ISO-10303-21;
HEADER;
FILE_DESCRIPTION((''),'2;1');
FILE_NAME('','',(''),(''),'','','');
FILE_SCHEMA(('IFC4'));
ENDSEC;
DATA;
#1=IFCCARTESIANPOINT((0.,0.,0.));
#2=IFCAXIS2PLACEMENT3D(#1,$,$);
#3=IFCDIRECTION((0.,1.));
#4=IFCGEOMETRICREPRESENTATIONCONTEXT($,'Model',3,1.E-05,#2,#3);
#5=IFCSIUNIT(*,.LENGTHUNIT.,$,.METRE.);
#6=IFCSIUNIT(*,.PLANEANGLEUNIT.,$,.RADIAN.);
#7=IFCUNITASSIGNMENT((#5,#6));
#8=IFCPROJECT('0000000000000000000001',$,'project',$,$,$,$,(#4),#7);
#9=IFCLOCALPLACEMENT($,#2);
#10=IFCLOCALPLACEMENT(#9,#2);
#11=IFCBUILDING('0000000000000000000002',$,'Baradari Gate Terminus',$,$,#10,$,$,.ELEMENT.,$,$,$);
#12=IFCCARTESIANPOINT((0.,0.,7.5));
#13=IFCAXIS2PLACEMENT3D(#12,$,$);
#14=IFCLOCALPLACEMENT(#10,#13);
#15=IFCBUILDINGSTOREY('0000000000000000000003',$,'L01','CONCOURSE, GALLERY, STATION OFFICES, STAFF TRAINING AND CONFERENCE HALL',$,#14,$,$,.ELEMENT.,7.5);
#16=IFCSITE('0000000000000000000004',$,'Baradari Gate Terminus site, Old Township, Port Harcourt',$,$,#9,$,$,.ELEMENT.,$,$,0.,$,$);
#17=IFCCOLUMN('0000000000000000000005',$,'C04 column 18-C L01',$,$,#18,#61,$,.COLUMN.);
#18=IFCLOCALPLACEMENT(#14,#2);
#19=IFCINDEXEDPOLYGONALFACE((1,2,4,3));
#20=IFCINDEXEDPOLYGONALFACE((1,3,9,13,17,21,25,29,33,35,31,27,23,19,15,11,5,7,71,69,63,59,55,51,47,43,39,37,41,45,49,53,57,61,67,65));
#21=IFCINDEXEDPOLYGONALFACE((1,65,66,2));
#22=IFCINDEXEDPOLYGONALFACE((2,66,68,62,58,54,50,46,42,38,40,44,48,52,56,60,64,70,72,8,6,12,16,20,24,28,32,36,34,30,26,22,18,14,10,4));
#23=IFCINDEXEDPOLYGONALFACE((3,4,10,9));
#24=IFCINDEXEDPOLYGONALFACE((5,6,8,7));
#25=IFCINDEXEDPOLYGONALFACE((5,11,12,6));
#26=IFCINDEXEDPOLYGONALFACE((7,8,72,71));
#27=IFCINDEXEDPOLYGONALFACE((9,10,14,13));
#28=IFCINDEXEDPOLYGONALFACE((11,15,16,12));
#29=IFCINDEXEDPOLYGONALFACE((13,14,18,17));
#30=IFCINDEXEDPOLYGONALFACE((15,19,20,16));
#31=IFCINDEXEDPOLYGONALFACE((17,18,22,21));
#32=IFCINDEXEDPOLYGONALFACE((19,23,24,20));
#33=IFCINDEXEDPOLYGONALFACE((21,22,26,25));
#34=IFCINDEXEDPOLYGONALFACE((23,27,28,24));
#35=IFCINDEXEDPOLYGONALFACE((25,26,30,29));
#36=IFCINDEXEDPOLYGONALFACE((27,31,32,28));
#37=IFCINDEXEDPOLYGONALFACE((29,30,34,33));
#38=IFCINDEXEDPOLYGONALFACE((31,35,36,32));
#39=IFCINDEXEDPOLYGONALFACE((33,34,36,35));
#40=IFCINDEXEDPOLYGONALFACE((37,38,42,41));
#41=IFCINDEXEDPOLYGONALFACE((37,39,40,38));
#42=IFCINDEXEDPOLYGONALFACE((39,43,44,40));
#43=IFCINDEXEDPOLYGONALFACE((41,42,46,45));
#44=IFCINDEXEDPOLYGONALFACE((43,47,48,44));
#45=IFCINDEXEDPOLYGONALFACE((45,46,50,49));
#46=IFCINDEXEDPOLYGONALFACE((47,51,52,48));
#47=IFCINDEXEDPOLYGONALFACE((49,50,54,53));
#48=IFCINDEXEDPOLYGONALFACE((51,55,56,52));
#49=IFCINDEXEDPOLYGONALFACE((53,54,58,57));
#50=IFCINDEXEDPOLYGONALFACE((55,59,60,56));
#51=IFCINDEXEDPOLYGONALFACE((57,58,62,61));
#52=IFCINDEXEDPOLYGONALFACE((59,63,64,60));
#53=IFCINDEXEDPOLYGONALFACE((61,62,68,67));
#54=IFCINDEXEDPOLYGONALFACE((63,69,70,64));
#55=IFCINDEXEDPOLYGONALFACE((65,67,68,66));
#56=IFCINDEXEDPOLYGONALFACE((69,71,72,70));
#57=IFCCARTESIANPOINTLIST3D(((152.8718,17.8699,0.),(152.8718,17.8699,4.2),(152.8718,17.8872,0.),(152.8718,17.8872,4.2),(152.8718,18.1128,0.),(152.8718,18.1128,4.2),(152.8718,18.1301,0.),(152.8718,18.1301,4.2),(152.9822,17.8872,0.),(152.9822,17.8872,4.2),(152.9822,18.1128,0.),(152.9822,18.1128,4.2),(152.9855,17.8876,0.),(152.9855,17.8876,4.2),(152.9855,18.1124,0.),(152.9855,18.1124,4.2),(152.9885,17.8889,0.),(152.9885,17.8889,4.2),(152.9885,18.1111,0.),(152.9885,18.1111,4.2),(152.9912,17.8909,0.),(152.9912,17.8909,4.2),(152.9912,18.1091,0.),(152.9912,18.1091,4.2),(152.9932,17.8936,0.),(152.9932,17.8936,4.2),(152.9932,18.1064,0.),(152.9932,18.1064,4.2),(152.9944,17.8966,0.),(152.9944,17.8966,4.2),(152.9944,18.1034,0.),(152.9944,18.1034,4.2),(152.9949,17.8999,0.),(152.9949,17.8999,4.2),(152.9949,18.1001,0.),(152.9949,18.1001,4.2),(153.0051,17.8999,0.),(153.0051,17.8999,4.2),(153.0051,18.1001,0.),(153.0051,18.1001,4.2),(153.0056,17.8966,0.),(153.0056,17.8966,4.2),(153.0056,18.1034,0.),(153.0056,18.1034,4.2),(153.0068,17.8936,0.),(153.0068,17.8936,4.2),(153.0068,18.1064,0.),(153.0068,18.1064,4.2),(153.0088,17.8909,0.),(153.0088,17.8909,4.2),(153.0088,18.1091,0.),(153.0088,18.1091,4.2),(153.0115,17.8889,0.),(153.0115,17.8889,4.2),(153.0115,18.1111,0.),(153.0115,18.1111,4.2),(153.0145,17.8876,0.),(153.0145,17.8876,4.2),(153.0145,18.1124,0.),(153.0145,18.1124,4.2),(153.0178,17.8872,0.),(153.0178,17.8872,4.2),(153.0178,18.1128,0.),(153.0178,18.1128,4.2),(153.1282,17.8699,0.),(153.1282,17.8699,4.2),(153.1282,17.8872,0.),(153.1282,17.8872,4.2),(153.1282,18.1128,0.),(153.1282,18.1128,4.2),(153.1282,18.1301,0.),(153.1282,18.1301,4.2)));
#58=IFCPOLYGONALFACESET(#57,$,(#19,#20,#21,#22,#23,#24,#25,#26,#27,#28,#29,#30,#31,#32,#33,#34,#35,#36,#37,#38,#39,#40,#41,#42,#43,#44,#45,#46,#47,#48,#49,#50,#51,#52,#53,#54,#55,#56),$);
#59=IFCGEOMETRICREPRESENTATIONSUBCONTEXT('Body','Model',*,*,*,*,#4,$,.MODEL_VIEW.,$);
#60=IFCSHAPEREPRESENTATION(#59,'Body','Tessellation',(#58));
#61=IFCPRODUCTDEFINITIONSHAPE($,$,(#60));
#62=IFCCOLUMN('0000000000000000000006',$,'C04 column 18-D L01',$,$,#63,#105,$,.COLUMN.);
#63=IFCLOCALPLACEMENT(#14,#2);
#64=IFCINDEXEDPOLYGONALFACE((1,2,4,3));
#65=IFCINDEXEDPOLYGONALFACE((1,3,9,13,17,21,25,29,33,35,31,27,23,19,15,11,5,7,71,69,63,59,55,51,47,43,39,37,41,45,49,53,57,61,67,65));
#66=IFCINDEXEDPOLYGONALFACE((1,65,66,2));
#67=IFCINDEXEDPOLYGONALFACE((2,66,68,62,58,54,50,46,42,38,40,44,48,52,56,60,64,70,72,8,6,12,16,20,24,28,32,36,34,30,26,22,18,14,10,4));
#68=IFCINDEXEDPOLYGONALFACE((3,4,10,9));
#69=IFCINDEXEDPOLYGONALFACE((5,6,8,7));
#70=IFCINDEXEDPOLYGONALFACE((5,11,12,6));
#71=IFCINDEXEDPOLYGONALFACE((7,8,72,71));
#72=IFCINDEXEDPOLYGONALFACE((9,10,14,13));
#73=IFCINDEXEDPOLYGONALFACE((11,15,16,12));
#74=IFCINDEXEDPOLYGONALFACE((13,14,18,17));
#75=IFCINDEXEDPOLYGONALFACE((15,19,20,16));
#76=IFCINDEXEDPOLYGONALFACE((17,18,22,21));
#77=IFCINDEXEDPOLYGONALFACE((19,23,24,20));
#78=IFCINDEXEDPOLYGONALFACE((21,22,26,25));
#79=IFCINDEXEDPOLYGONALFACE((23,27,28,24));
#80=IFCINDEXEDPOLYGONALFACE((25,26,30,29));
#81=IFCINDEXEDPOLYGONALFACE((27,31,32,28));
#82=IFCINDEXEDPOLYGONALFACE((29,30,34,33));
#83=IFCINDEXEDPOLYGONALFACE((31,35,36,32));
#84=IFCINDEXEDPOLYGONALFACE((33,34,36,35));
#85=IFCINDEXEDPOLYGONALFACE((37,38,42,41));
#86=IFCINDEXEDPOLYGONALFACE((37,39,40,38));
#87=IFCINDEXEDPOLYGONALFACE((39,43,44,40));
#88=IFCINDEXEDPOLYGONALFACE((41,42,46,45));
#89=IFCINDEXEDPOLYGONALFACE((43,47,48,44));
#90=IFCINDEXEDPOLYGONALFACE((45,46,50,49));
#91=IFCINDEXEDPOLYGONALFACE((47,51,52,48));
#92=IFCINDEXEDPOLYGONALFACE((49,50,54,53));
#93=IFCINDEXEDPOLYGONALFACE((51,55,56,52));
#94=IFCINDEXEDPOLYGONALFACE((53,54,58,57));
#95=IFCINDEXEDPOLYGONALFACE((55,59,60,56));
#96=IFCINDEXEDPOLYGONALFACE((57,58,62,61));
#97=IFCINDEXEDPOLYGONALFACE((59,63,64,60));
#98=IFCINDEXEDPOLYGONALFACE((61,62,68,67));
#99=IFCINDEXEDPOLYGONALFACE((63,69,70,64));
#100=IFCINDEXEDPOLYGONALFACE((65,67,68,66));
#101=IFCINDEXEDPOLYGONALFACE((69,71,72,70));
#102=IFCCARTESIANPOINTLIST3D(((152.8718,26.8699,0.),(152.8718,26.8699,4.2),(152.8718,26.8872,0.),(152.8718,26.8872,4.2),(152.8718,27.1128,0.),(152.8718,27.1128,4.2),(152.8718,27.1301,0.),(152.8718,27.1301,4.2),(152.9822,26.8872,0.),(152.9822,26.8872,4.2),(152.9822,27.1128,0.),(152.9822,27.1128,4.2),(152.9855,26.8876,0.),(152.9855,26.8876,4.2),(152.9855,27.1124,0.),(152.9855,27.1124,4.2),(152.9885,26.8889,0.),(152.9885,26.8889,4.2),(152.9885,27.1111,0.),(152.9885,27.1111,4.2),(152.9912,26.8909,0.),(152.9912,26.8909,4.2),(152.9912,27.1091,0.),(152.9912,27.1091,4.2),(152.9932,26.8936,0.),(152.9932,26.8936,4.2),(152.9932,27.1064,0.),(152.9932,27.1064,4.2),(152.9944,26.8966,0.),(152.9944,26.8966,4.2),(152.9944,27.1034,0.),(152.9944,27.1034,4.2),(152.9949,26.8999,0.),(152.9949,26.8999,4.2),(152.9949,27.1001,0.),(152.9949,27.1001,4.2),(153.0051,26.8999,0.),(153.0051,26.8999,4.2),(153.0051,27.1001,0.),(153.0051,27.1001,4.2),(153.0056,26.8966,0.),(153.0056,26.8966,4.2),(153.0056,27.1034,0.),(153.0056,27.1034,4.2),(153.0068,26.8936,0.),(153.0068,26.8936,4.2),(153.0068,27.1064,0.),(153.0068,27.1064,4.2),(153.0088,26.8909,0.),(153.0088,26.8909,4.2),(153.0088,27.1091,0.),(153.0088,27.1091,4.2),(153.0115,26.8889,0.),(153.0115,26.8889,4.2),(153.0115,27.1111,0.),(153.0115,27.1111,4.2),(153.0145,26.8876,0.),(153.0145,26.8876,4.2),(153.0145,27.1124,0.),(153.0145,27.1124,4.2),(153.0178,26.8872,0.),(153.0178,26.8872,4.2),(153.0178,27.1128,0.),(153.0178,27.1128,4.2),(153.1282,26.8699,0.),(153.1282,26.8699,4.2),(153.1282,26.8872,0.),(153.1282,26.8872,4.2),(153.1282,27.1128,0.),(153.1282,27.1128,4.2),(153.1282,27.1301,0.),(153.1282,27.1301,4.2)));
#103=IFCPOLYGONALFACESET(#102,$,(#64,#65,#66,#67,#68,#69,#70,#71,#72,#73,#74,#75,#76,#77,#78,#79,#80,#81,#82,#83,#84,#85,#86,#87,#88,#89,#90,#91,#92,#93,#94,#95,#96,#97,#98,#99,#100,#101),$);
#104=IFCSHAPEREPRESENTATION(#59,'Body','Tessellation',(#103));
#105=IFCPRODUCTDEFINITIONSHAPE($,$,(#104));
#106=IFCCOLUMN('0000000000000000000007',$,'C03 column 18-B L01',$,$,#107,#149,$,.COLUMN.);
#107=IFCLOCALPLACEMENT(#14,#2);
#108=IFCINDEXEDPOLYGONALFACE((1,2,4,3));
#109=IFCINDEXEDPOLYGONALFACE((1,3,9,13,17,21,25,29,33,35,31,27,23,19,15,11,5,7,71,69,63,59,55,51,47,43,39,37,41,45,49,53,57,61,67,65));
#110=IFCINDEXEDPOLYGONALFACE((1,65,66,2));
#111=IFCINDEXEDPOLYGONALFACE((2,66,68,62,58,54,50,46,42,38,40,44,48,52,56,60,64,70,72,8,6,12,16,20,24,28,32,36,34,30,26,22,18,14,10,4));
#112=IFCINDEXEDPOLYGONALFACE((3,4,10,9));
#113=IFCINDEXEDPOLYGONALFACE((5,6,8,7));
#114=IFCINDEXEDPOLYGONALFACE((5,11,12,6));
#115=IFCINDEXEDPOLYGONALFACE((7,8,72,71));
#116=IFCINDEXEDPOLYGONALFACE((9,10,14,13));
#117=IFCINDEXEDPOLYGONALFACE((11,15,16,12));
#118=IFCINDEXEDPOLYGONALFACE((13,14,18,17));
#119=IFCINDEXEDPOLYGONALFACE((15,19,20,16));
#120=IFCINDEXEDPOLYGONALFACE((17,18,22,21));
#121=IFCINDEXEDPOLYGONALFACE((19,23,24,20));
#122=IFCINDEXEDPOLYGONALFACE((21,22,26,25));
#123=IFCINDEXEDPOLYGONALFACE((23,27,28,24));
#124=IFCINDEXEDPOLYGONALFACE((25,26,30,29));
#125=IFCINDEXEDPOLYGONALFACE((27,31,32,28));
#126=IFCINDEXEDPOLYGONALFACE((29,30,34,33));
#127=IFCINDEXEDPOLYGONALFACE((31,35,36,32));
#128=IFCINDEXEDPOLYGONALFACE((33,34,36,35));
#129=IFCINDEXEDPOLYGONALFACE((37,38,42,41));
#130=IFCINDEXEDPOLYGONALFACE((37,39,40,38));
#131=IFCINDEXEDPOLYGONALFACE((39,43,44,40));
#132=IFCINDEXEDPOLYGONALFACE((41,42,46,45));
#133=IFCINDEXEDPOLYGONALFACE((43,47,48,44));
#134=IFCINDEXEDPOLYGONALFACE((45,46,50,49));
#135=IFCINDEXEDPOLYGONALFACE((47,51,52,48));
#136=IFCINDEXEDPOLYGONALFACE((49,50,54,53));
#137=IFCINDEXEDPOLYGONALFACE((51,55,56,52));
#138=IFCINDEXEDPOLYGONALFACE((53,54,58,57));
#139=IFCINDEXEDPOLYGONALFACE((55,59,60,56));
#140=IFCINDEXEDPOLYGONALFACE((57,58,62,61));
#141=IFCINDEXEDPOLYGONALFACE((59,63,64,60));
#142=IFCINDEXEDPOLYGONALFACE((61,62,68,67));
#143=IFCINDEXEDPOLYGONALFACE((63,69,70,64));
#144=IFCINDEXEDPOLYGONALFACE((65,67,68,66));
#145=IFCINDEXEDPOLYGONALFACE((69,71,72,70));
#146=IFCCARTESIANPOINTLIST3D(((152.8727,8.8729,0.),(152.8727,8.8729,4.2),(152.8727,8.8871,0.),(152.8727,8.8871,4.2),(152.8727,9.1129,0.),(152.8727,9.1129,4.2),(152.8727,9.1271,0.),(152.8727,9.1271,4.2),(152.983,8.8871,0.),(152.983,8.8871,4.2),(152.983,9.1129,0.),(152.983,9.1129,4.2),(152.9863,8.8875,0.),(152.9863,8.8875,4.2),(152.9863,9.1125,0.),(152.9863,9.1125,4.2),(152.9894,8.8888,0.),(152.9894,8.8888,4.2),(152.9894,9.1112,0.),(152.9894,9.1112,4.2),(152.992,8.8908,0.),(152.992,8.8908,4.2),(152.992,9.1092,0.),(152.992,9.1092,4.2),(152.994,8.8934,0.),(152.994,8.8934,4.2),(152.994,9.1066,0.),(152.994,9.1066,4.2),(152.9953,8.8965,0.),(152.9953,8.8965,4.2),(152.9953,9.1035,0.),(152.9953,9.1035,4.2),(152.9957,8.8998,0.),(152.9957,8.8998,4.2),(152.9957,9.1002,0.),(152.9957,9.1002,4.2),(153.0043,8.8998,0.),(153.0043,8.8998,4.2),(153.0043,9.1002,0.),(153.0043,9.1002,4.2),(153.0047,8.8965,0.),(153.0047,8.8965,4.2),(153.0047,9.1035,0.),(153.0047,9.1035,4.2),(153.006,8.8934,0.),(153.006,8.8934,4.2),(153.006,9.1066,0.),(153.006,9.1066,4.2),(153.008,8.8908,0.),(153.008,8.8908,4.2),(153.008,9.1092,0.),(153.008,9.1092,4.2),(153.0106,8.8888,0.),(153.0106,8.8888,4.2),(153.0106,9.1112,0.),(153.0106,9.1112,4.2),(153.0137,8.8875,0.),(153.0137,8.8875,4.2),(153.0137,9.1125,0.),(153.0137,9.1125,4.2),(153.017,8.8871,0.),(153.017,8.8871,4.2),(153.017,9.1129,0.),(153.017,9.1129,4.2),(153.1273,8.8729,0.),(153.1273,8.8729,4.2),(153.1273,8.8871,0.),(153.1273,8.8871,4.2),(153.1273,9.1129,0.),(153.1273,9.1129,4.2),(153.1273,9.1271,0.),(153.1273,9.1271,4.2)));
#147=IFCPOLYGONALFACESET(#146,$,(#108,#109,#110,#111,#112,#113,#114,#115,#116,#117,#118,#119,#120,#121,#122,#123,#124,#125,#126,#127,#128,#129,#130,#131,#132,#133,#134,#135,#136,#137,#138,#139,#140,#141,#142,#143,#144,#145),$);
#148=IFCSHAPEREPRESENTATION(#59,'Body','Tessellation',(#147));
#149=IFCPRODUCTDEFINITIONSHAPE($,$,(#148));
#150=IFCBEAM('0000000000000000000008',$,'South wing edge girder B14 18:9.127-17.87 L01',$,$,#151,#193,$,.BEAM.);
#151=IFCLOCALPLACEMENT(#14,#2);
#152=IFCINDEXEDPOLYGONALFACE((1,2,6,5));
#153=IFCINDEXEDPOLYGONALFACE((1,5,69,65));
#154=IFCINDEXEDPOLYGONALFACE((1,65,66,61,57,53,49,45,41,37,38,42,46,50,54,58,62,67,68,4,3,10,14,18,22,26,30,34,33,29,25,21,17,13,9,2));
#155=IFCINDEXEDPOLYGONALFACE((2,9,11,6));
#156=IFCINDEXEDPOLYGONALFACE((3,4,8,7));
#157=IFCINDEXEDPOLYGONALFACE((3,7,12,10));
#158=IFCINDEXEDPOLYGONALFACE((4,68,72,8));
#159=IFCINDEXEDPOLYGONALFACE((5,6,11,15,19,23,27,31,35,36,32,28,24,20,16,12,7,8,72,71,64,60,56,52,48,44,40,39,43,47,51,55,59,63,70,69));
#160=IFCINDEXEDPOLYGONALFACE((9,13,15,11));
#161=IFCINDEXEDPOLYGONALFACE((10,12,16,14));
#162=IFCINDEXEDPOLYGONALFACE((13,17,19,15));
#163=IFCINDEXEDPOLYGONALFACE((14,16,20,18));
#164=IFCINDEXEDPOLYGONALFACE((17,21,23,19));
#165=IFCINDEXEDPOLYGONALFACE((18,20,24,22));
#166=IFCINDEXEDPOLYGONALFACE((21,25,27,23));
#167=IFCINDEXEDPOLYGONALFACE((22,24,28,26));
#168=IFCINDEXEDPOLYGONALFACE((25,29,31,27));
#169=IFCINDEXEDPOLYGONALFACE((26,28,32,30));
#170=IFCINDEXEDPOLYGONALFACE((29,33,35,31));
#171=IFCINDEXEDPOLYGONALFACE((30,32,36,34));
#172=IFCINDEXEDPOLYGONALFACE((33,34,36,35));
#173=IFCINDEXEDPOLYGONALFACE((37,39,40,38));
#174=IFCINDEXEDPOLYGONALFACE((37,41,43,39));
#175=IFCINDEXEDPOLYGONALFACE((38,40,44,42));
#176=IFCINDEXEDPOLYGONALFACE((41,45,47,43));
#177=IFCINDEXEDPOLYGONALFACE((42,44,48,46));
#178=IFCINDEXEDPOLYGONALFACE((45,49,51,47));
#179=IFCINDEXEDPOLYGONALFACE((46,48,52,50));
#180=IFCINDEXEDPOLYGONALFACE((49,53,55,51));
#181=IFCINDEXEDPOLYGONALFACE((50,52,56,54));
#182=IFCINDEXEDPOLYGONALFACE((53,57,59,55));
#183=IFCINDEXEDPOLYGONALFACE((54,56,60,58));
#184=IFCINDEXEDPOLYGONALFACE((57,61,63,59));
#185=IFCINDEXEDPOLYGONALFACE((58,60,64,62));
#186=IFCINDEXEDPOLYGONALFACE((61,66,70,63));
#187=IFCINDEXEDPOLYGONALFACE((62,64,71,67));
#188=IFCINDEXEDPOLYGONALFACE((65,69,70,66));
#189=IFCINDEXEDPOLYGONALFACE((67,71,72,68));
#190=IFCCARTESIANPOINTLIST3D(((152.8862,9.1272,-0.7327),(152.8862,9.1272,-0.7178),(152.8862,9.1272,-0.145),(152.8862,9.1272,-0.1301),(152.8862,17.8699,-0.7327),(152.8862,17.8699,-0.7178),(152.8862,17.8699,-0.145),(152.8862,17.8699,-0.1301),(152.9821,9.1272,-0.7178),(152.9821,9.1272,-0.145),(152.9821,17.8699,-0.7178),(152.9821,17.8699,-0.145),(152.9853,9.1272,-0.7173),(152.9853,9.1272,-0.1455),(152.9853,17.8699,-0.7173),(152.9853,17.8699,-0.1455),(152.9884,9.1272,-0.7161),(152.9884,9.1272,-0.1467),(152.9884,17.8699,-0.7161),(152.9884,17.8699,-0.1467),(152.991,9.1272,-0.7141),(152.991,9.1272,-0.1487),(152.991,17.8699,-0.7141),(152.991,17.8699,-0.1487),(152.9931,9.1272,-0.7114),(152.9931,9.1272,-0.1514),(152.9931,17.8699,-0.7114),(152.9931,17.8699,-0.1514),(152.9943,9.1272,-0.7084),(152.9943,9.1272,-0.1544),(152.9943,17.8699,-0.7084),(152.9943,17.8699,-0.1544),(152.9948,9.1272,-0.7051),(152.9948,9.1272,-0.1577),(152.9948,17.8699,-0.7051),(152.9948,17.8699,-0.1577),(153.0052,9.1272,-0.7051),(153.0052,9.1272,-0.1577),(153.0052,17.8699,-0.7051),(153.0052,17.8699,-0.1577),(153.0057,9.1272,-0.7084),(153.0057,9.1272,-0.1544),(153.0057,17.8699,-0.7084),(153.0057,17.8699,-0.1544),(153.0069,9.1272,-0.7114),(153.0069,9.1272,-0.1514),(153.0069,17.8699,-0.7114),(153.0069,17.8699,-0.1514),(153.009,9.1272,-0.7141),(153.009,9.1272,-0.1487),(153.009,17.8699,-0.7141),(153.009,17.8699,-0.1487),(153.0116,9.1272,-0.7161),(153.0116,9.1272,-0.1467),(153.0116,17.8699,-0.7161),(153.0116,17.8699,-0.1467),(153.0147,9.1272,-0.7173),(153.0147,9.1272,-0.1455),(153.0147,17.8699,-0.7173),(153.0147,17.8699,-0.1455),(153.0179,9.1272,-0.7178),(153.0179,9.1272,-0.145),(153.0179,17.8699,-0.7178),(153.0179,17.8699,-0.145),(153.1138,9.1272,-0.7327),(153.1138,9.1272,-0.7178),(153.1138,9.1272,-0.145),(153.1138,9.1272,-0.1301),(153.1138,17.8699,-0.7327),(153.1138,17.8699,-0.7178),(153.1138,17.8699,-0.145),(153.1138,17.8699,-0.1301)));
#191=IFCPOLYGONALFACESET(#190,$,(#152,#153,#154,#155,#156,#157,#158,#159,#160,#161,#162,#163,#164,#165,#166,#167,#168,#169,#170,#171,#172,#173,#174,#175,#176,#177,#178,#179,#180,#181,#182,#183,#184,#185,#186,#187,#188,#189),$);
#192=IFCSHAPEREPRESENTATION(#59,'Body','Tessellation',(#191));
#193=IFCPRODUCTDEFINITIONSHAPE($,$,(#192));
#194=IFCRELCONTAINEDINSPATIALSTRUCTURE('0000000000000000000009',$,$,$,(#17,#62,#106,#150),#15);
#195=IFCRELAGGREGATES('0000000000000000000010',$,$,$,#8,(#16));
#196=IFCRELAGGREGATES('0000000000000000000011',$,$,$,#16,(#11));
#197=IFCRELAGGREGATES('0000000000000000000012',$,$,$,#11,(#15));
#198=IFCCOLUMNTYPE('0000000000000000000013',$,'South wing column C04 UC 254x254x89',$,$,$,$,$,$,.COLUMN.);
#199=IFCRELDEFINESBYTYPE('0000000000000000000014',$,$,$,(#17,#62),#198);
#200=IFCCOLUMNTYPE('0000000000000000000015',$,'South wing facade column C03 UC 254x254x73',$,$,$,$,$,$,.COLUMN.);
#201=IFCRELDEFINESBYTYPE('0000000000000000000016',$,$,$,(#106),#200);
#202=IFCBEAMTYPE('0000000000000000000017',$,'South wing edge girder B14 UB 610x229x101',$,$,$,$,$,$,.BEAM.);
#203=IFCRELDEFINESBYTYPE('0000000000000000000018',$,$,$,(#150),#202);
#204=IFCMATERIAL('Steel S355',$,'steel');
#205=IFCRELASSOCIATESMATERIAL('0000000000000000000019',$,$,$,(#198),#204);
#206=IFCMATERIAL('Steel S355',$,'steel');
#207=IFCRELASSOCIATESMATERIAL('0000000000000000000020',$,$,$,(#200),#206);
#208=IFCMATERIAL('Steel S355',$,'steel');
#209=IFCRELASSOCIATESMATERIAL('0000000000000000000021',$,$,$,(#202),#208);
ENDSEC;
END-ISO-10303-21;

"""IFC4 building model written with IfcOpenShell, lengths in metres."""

from ifc_helpers import new_model, si_unit, direction, frame, origin, origin_2d, place, context, subcontext, project, spatial, i_section, extrude, material, material_profile, profile_set, type_object, element, save


model = new_model("IFC4")

# Units and contexts
model_context = context("Model", 3, precision=1e-05, world=origin(), true_north=direction((0.0, 1.0)))
body_context = subcontext(model_context, "Body", "Model", "MODEL_VIEW")
ifc_project = project(units=[si_unit("LENGTHUNIT", "METRE"), si_unit("PLANEANGLEUNIT", "RADIAN")], contexts=[model_context])

# Site, building, storey
site_placement = place(None, origin())
site = spatial("IfcSite", under=ifc_project, at=site_placement, Name="Baradari Gate Terminus site, Old Township, Port Harcourt", CompositionType="ELEMENT", RefElevation=0.0)
building_placement = place(site_placement, origin())
building = spatial("IfcBuilding", under=site, at=building_placement, Name="Baradari Gate Terminus", CompositionType="ELEMENT")
storey_placement = place(building_placement, frame((0.0, 0.0, 7.5)))
storey = spatial("IfcBuildingStorey", under=building, at=storey_placement, Name="L01", Description="CONCOURSE, GALLERY, STATION OFFICES, STAFF TRAINING AND CONFERENCE HALL", CompositionType="ELEMENT", Elevation=7.5)

# Columns
ifc_material_1 = material(Name="Steel S355", Category="steel")
ifc_material_profile_1 = material_profile(ifc_material_1, i_section(OverallWidth=0.2563, OverallDepth=0.2603, WebThickness=0.0103, FlangeThickness=0.0173, FilletRadius=0.0127, at=origin_2d()), Name="UC 254x254x89")
ifc_profile_set_1 = profile_set([ifc_material_profile_1], Name="Steel S355")
column_type_1 = type_object("IfcColumnType", Name="South wing column C04 UC 254x254x89", PredefinedType="COLUMN", material=ifc_profile_set_1)
for number, where, z_axis, x_axis, name in (
    (1, (153.0, 18.0, 0.0), (0.0, 0.0, 1.0), (1.0, 0.0, 0.0), "C04 column 18-C L01"),
    (2, (153.0, 27.0, 0.0), (0.0, 0.0, 1.0), (1.0, 0.0, 0.0), "C04 column 18-D L01"),
):
    element("IfcColumn", number, at=place(storey_placement, frame(where, z_axis=z_axis, x_axis=x_axis)), inside=storey, type_object=column_type_1, Name=name, PredefinedType="COLUMN", context=body_context, shape_type="SweptSolid", body=[
        extrude(i_section(OverallWidth=0.2563, OverallDepth=0.2603, WebThickness=0.0103, FlangeThickness=0.0173, FilletRadius=0.0127, at=origin_2d()), origin(), (0.0, 0.0, 1.0), 4.2),
    ])
ifc_material_2 = material(Name="Steel S355", Category="steel")
ifc_material_profile_2 = material_profile(ifc_material_2, i_section(OverallWidth=0.2546, OverallDepth=0.2542, WebThickness=0.0085, FlangeThickness=0.0142, FilletRadius=0.0127, at=origin_2d()), Name="UC 254x254x73")
ifc_profile_set_2 = profile_set([ifc_material_profile_2], Name="Steel S355")
column_type_2 = type_object("IfcColumnType", Name="South wing facade column C03 UC 254x254x73", PredefinedType="COLUMN", material=ifc_profile_set_2)
column_placement = place(storey_placement, frame((153.0, 9.0, 0.0), z_axis=(0.0, 0.0, 1.0), x_axis=(1.0, 0.0, 0.0)))
element("IfcColumn", 3, at=column_placement, inside=storey, type_object=column_type_2, Name="C03 column 18-B L01", PredefinedType="COLUMN", context=body_context, shape_type="SweptSolid", body=[
    extrude(i_section(OverallWidth=0.2546, OverallDepth=0.2542, WebThickness=0.0085, FlangeThickness=0.0142, FilletRadius=0.0127, at=origin_2d()), origin(), (0.0, 0.0, 1.0), 4.2),
])

# Beam
ifc_material_3 = material(Name="Steel S355", Category="steel")
ifc_material_profile_3 = material_profile(ifc_material_3, i_section(OverallWidth=0.2275, OverallDepth=0.6025, WebThickness=0.0105, FlangeThickness=0.0149, FilletRadius=0.0127, at=origin_2d()), Name="UB 610x229x101")
ifc_profile_set_3 = profile_set([ifc_material_profile_3], Name="Steel S355")
beam_type_1 = type_object("IfcBeamType", Name="South wing edge girder B14 UB 610x229x101", PredefinedType="BEAM", material=ifc_profile_set_3)
beam_1_placement = place(storey_placement, frame((153.0, 9.1272, -0.4314), z_axis=(0.0, 1.0, 0.0), x_axis=(-1.0, 0.0, 0.0)))
element("IfcBeam", 4, at=beam_1_placement, inside=storey, type_object=beam_type_1, Name="South wing edge girder B14 18:9.127-17.87 L01", PredefinedType="BEAM", context=body_context, shape_type="SweptSolid", body=[
    extrude(i_section(OverallWidth=0.2275, OverallDepth=0.6025, WebThickness=0.0105, FlangeThickness=0.0149, FilletRadius=0.0127, at=origin_2d()), origin(), (0.0, 0.0, 1.0), 8.7427),
])

save(model, "model.ifc")
